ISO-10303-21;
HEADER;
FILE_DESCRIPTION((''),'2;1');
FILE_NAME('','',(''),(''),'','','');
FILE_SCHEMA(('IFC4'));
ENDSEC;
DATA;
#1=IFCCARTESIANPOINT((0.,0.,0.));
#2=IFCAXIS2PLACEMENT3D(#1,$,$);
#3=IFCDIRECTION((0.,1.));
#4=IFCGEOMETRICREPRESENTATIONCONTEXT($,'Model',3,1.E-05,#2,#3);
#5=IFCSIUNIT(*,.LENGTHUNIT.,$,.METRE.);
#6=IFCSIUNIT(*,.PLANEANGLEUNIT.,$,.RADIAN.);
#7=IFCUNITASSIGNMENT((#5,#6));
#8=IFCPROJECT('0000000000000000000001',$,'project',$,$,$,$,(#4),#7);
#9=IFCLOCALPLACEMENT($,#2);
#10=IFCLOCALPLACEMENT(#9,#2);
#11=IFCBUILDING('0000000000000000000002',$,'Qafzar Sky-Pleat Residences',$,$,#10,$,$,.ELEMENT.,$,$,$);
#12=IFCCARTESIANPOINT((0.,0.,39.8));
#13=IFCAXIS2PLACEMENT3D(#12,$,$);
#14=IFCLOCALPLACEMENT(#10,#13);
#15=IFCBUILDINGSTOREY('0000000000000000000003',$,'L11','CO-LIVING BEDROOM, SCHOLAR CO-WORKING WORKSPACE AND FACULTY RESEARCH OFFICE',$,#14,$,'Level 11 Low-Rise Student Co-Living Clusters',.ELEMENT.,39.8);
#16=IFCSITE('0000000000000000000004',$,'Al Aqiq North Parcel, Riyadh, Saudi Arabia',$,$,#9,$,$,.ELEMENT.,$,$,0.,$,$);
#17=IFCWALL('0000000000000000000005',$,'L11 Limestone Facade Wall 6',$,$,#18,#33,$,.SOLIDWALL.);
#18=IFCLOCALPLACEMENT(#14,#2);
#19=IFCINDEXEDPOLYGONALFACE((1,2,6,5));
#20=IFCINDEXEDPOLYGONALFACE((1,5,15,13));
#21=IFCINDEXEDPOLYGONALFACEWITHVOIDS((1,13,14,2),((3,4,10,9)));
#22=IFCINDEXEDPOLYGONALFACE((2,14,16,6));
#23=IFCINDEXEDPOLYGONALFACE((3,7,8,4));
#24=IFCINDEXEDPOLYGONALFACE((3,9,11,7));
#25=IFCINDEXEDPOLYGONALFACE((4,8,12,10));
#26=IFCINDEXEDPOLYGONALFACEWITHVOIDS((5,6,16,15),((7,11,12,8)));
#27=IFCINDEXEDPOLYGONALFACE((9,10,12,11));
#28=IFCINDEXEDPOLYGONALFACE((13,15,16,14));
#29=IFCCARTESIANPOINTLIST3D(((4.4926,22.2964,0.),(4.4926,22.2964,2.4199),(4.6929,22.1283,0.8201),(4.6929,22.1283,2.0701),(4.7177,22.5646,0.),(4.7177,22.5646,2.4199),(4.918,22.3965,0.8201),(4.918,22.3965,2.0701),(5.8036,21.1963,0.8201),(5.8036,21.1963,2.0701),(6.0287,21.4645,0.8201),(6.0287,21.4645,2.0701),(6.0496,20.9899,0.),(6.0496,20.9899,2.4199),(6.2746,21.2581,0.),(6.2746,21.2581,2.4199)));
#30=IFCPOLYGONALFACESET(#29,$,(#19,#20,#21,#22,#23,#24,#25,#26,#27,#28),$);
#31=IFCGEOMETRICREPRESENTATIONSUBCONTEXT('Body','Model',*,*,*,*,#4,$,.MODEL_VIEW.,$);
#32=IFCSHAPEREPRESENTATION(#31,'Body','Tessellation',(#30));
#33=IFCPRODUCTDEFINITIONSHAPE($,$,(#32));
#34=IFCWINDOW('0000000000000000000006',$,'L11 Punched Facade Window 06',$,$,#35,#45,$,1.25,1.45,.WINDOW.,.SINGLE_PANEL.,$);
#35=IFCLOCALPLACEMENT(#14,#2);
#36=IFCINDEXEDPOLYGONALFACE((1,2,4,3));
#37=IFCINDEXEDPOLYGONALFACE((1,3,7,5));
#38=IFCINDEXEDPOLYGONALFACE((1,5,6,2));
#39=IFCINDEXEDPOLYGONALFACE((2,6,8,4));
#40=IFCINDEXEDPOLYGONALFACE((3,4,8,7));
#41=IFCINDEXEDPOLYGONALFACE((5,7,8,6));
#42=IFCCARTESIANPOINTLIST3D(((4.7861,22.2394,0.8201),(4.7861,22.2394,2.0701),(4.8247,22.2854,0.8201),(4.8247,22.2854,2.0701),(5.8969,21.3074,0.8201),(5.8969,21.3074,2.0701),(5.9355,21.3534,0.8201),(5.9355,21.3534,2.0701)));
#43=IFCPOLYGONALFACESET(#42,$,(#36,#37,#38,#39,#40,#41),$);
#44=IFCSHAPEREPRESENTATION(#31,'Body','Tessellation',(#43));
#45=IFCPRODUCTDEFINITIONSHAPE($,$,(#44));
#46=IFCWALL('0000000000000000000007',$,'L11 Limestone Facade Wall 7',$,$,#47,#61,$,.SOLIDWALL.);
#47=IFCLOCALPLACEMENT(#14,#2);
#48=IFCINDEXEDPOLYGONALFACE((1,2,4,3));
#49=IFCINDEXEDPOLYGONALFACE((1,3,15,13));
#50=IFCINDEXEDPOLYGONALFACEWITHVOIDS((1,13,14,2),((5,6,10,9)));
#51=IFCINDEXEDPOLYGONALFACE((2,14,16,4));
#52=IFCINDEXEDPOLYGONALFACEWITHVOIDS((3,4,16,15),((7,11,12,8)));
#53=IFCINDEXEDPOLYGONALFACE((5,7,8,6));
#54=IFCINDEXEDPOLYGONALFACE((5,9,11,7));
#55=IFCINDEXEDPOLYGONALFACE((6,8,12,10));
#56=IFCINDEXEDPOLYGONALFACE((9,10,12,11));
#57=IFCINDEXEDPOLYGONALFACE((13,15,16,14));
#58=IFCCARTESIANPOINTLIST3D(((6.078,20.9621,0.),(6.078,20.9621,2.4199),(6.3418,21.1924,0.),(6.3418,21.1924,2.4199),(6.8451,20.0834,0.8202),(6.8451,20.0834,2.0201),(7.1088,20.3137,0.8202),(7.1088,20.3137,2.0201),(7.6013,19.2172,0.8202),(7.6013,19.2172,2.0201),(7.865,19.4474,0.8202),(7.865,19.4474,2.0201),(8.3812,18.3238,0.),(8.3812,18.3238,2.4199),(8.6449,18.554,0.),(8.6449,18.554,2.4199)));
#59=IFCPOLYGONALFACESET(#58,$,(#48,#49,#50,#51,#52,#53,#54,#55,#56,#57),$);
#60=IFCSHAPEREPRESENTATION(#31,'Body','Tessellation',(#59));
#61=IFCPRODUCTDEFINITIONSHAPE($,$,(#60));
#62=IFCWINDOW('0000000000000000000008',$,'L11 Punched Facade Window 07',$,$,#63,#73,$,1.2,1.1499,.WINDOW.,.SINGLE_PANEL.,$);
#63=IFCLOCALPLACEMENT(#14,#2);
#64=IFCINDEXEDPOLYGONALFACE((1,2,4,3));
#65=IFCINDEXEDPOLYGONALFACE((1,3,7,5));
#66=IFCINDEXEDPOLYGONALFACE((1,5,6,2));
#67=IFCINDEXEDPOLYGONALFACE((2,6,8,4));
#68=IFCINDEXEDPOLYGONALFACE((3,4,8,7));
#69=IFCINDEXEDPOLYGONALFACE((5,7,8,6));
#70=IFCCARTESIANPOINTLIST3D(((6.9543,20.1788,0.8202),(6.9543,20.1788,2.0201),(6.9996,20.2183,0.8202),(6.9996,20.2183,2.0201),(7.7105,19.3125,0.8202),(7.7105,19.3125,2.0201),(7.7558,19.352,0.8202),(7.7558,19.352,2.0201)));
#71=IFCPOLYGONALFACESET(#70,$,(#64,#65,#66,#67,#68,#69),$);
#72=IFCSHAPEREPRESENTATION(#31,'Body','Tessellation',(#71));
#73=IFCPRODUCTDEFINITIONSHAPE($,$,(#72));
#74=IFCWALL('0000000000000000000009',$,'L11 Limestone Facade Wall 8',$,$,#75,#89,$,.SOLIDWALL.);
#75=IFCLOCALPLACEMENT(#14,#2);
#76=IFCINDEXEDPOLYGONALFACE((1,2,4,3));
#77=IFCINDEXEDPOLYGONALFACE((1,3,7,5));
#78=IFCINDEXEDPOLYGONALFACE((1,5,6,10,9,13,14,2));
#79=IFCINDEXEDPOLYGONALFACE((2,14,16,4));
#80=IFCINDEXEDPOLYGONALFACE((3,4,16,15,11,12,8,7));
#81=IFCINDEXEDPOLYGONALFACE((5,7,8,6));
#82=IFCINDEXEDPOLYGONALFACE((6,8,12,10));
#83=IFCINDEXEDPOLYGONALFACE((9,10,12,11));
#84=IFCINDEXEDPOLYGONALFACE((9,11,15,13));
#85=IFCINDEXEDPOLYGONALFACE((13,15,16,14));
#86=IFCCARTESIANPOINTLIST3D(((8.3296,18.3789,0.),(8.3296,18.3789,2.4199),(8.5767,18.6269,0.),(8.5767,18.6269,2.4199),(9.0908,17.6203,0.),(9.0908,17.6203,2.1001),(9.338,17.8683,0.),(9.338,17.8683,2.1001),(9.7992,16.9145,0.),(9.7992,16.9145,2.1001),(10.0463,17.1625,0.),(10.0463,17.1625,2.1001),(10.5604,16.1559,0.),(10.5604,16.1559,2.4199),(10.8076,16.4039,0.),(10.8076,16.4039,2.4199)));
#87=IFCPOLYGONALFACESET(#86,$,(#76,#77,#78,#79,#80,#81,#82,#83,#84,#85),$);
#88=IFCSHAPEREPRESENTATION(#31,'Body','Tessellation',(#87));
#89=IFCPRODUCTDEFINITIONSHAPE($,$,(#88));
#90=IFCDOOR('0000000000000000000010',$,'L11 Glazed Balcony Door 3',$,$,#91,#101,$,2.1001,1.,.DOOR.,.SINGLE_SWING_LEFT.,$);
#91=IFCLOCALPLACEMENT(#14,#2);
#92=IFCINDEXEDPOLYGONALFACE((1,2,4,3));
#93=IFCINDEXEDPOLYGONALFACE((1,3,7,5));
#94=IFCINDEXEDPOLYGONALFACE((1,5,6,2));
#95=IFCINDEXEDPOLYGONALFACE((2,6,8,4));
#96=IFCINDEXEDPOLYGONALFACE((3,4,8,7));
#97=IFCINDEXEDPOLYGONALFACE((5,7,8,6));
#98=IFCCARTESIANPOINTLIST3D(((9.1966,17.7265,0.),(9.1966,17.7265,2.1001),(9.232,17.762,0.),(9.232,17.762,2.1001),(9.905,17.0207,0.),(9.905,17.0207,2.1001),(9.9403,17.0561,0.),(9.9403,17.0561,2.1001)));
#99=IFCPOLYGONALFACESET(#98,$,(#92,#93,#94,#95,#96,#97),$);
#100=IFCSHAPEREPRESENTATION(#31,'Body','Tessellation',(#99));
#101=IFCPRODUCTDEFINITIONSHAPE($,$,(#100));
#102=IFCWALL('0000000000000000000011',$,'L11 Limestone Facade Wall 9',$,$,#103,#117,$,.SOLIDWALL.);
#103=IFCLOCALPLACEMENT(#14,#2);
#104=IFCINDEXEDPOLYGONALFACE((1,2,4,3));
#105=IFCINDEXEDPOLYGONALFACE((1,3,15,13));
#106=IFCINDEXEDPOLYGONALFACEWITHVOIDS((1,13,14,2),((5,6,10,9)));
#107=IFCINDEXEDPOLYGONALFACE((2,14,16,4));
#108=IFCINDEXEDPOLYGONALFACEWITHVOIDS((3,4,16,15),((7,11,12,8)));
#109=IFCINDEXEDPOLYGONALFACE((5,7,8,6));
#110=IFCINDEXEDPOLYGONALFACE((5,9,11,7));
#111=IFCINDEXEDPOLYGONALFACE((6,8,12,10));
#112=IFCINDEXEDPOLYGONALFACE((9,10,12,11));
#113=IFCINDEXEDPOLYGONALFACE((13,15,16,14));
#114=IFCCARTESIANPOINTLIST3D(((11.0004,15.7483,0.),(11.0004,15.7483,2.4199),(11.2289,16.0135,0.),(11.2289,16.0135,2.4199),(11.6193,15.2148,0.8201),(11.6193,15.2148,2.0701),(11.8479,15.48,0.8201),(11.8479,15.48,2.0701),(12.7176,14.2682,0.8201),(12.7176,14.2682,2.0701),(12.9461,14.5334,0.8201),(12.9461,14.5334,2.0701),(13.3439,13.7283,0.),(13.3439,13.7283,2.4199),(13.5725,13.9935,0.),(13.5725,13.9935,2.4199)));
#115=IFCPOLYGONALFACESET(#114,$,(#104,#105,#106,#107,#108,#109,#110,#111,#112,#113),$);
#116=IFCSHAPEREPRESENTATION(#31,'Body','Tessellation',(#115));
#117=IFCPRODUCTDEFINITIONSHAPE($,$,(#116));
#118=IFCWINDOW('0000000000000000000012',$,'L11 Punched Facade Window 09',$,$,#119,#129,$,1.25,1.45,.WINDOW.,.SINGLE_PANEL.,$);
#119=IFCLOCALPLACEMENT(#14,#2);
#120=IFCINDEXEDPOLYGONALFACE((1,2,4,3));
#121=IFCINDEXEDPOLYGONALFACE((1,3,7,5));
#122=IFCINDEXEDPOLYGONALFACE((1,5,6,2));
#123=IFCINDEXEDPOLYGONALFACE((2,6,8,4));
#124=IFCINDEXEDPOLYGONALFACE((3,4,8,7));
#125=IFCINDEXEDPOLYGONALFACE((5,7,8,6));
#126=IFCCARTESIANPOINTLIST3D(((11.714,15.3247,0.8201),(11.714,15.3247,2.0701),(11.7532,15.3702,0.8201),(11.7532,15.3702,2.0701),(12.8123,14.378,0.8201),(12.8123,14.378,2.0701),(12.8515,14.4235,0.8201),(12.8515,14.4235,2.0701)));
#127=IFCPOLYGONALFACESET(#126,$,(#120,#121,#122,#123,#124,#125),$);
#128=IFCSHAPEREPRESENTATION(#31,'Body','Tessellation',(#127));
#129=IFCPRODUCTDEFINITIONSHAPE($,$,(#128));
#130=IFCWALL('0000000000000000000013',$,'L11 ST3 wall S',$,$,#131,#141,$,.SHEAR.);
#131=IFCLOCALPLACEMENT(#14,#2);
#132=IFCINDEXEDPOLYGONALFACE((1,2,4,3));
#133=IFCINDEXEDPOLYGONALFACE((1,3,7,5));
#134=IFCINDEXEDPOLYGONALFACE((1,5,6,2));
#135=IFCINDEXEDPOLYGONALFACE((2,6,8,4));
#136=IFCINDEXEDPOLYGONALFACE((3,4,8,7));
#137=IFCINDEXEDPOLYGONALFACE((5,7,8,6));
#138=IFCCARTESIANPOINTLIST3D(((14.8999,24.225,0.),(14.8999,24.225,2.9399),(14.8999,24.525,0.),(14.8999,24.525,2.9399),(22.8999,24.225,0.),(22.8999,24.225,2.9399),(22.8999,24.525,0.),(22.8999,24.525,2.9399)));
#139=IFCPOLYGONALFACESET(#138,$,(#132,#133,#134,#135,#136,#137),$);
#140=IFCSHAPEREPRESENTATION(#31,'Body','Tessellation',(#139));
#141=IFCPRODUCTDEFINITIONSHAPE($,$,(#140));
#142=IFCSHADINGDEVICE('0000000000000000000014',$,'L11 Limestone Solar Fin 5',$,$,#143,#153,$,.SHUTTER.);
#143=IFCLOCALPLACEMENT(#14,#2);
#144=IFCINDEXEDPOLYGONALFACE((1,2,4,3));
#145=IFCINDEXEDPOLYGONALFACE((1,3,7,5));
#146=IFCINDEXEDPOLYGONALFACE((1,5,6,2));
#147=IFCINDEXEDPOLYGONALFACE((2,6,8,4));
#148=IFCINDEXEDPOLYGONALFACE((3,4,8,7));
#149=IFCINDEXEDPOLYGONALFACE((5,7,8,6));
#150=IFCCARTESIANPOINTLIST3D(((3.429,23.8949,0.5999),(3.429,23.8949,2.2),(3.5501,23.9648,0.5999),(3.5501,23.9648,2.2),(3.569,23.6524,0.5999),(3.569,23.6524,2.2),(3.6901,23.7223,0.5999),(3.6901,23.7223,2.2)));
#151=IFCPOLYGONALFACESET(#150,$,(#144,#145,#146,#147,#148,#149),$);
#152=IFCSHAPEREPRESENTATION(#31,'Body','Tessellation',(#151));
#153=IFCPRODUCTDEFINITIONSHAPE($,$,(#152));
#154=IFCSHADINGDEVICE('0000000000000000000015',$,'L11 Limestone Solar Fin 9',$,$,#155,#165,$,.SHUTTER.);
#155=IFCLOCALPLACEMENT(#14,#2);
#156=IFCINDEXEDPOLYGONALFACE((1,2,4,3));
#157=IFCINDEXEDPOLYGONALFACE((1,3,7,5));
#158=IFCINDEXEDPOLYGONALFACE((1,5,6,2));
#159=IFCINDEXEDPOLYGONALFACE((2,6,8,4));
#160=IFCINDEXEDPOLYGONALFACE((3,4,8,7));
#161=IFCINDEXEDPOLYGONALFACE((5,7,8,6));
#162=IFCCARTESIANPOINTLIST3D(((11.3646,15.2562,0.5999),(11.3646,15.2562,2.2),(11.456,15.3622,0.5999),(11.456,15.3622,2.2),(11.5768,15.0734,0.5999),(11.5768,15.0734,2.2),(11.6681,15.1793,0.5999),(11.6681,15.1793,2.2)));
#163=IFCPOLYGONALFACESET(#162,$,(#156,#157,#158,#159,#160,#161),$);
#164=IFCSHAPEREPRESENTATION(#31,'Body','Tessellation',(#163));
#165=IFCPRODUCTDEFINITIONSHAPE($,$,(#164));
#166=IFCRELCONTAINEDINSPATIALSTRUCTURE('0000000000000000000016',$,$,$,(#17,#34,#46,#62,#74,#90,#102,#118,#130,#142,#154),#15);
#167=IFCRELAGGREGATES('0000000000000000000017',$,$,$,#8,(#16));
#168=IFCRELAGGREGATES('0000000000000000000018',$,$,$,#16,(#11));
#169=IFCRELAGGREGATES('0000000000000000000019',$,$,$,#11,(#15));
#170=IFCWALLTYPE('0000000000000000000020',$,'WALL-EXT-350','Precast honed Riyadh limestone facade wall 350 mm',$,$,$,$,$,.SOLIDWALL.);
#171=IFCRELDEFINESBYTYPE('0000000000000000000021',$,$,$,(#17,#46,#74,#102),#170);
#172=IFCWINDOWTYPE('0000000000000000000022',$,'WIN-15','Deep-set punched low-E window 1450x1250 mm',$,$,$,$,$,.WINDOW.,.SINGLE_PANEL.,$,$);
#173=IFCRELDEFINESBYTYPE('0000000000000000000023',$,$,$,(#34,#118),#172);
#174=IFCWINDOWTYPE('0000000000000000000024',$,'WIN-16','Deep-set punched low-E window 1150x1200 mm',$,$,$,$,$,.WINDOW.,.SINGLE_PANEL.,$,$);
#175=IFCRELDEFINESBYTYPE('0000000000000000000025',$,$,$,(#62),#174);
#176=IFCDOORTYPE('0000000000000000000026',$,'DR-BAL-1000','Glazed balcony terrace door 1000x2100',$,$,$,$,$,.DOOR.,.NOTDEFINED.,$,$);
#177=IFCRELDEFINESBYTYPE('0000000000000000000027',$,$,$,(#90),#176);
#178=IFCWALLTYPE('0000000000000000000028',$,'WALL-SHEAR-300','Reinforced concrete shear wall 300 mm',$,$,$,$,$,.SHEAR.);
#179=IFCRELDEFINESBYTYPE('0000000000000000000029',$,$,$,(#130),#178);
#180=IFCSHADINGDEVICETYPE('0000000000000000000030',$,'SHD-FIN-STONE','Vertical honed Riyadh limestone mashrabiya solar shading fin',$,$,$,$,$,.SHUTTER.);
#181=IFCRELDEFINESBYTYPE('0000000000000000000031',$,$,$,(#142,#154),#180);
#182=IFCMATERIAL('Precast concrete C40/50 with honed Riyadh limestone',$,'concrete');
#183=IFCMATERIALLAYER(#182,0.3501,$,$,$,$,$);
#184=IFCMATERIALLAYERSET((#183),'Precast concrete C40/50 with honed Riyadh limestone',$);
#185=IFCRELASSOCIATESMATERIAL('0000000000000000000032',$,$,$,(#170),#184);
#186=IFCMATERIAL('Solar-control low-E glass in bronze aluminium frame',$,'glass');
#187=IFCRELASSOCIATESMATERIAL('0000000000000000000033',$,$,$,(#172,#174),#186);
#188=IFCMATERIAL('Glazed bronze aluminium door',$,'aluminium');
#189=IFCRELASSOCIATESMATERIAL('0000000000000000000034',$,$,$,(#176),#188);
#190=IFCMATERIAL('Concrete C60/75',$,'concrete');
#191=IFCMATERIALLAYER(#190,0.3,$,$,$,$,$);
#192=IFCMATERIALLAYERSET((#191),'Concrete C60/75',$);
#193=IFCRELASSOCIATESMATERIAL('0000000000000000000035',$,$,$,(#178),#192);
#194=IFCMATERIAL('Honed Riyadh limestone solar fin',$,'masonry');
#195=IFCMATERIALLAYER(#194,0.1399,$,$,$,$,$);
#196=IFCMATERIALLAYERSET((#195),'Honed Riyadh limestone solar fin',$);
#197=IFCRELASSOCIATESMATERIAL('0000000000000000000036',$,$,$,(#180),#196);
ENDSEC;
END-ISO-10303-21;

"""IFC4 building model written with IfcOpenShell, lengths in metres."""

from ifc_helpers import new_model, si_unit, direction, frame, frame_2d, origin, origin_2d, place, context, subcontext, project, spatial, rectangle, extrude, source, transform, mapped, material, layer, layer_set, type_object, element, fill, save


model = new_model("IFC4")

# Units and contexts
model_context = context("Model", 3, precision=1e-05, world=origin(), true_north=direction((0.0, 1.0)))
body_context = subcontext(model_context, "Body", "Model", "MODEL_VIEW")
ifc_project = project(units=[si_unit("LENGTHUNIT", "METRE"), si_unit("PLANEANGLEUNIT", "RADIAN")], contexts=[model_context])

# Site, building, storey
site_placement = place(None, origin())
site = spatial("IfcSite", under=ifc_project, at=site_placement, Name="Al Aqiq North Parcel, Riyadh, Saudi Arabia", CompositionType="ELEMENT", RefElevation=0.0)
building_placement = place(site_placement, origin())
building = spatial("IfcBuilding", under=site, at=building_placement, Name="Qafzar Sky-Pleat Residences", CompositionType="ELEMENT")
storey_placement = place(building_placement, frame((0.0, 0.0, 39.8)))
storey = spatial("IfcBuildingStorey", under=building, at=storey_placement, Name="L11", Description="CO-LIVING BEDROOM, SCHOLAR CO-WORKING WORKSPACE AND FACULTY RESEARCH OFFICE", LongName="Level 11 Low-Rise Student Co-Living Clusters", CompositionType="ELEMENT", Elevation=39.8)

# Shared definitions
ifc_material_1 = material(Name="Concrete C60/75", Category="concrete")

# Walls, openings, windows
ifc_material_2 = material(Name="Precast concrete C40/50 with honed Riyadh limestone", Category="concrete")
ifc_layer_1 = layer(ifc_material_2, 0.3501)
ifc_layer_set_1 = layer_set([ifc_layer_1], Name="Precast concrete C40/50 with honed Riyadh limestone")
wall_type_1 = type_object("IfcWallType", Name="WALL-EXT-350", Description="Precast honed Riyadh limestone facade wall 350 mm", PredefinedType="SOLIDWALL", material=ifc_layer_set_1)
ifc_material_3 = material(Name="Solar-control low-E glass in bronze aluminium frame", Category="glass")
window_type_1 = type_object("IfcWindowType", Name="WIN-15", Description="Deep-set punched low-E window 1450x1250 mm", PartitioningType="SINGLE_PANEL", PredefinedType="WINDOW", material=ifc_material_3)
shared_shape_1 = source(origin(), body_context, "Body", "SweptSolid", [
    extrude(rectangle(XDim=1.45, YDim=1.25, at=frame_2d((0.7251, 0.625))), frame((0.0, 0.03, 0.0), z_axis=(0.0, -1.0, 0.0), x_axis=(1.0, 0.0, 0.0)), (0.0, 0.0, 1.0), 0.0601),
])
wall_1_placement = place(storey_placement, frame((4.6052, 22.4304, 0.0), z_axis=(0.0, 0.0, 1.0), x_axis=(0.766041, -0.642792, 0.0)))
wall_1 = element("IfcWall", 1, at=wall_1_placement, inside=storey, type_object=wall_type_1, Name="L11 Limestone Facade Wall 6", PredefinedType="SOLIDWALL", context=body_context, shape_type="SweptSolid", body=[
    extrude(rectangle(XDim=2.0325, YDim=0.3501, at=frame_2d((1.0161, 0.0))), origin(), (0.0, 0.0, 1.0), 2.4199),
])
opening_1_placement = place(wall_1_placement, frame((0.2612, 0.0, 0.8201)))
opening_1 = element("IfcOpeningElement", 2, at=opening_1_placement, cuts=wall_1, PredefinedType="OPENING", context=body_context, shape_type="SweptSolid", body=[
    extrude(rectangle(XDim=1.45, YDim=1.25, at=frame_2d((0.7251, 0.625))), frame((0.0, 0.1851, 0.0), z_axis=(0.0, -1.0, 0.0), x_axis=(1.0, 0.0, 0.0)), (0.0, 0.0, 1.0), 0.3701),
])
window_1_placement = place(opening_1_placement, origin())
window_1 = element("IfcWindow", 3, at=window_1_placement, inside=storey, type_object=window_type_1, Name="L11 Punched Facade Window 06", OverallHeight=1.25, OverallWidth=1.45, PartitioningType="SINGLE_PANEL", PredefinedType="WINDOW", context=body_context, shape_type="MappedRepresentation", body=[
    mapped(shared_shape_1, transform((0.0, 0.0, 0.0), x_axis=(1.0, 0.0, 0.0), y_axis=(0.0, 1.0, 0.0), z_axis=(0.0, 0.0, 1.0), scale=1.0)),
])
fill(opening_1, window_1)
wall_2_placement = place(storey_placement, frame((6.21, 21.0771, 0.0), z_axis=(0.0, 0.0, 1.0), x_axis=(0.657631, -0.753341, 0.0)))
wall_2 = element("IfcWall", 4, at=wall_2_placement, inside=storey, type_object=wall_type_1, Name="L11 Limestone Facade Wall 7", PredefinedType="SOLIDWALL", context=body_context, shape_type="SweptSolid", body=[
    extrude(rectangle(XDim=3.5022, YDim=0.3501, at=frame_2d((1.751, 0.0))), origin(), (0.0, 0.0, 1.0), 2.4199),
])
opening_2_placement = place(wall_2_placement, frame((1.1663, 0.0, 0.8201)))
opening_2 = element("IfcOpeningElement", 5, at=opening_2_placement, cuts=wall_2, PredefinedType="OPENING", context=body_context, shape_type="SweptSolid", body=[
    extrude(rectangle(XDim=1.1499, YDim=1.2, at=frame_2d((0.575, 0.6001))), frame((0.0, 0.1851, 0.0), z_axis=(0.0, -1.0, 0.0), x_axis=(1.0, 0.0, 0.0)), (0.0, 0.0, 1.0), 0.3701),
])
window_type_2 = type_object("IfcWindowType", Name="WIN-16", Description="Deep-set punched low-E window 1150x1200 mm", PartitioningType="SINGLE_PANEL", PredefinedType="WINDOW", material=ifc_material_3)
shared_shape_2 = source(origin(), body_context, "Body", "SweptSolid", [
    extrude(rectangle(XDim=1.1499, YDim=1.2, at=frame_2d((0.575, 0.6001))), frame((0.0, 0.03, 0.0), z_axis=(0.0, -1.0, 0.0), x_axis=(1.0, 0.0, 0.0)), (0.0, 0.0, 1.0), 0.0601),
])
window_2_placement = place(opening_2_placement, origin())
window_2 = element("IfcWindow", 6, at=window_2_placement, inside=storey, type_object=window_type_2, Name="L11 Punched Facade Window 07", OverallHeight=1.2, OverallWidth=1.1499, PartitioningType="SINGLE_PANEL", PredefinedType="WINDOW", context=body_context, shape_type="MappedRepresentation", body=[
    mapped(shared_shape_2, transform((0.0, 0.0, 0.0), x_axis=(1.0, 0.0, 0.0), y_axis=(0.0, 1.0, 0.0), z_axis=(0.0, 0.0, 1.0), scale=1.0)),
])
fill(opening_2, window_2)

# Wall, opening, door
wall_3_placement = place(storey_placement, frame((8.4531, 18.5029, 0.0), z_axis=(0.0, 0.0, 1.0), x_axis=(0.708346, -0.705865, 0.0)))
wall_3 = element("IfcWall", 7, at=wall_3_placement, inside=storey, type_object=wall_type_1, Name="L11 Limestone Facade Wall 8", PredefinedType="SOLIDWALL", context=body_context, shape_type="SweptSolid", body=[
    extrude(rectangle(XDim=3.1494, YDim=0.3501, at=frame_2d((1.5747, 0.0))), origin(), (0.0, 0.0, 1.0), 2.4199),
])
opening_3_placement = place(wall_3_placement, frame((1.0747, 0.0, 0.0)))
opening_3 = element("IfcOpeningElement", 8, at=opening_3_placement, cuts=wall_3, PredefinedType="OPENING", context=body_context, shape_type="SweptSolid", body=[
    extrude(rectangle(XDim=1.0, YDim=2.1001, at=frame_2d((0.5, 1.05))), frame((0.0, 0.1851, 0.0), z_axis=(0.0, -1.0, 0.0), x_axis=(1.0, 0.0, 0.0)), (0.0, 0.0, 1.0), 0.3701),
])
ifc_material_4 = material(Name="Glazed bronze aluminium door", Category="aluminium")
door_type = type_object("IfcDoorType", Name="DR-BAL-1000", Description="Glazed balcony terrace door 1000x2100", OperationType="NOTDEFINED", PredefinedType="DOOR", material=ifc_material_4)
shared_shape_3 = source(origin(), body_context, "Body", "SweptSolid", [
    extrude(rectangle(XDim=1.0, YDim=2.1001, at=frame_2d((0.5, 1.05))), frame((0.0, 0.0249, 0.0), z_axis=(0.0, -1.0, 0.0), x_axis=(1.0, 0.0, 0.0)), (0.0, 0.0, 1.0), 0.05),
])
door_placement = place(opening_3_placement, origin())
door = element("IfcDoor", 9, at=door_placement, inside=storey, type_object=door_type, Name="L11 Glazed Balcony Door 3", OperationType="SINGLE_SWING_LEFT", OverallHeight=2.1001, OverallWidth=1.0, PredefinedType="DOOR", context=body_context, shape_type="MappedRepresentation", body=[
    mapped(shared_shape_3, transform((0.0, 0.0, 0.0), x_axis=(1.0, 0.0, 0.0), y_axis=(0.0, 1.0, 0.0), z_axis=(0.0, 0.0, 1.0), scale=1.0)),
])
fill(opening_3, door)

# Wall, opening, window
wall_4_placement = place(storey_placement, frame((11.1147, 15.8809, 0.0), z_axis=(0.0, 0.0, 1.0), x_axis=(0.757449, -0.652894, 0.0)))
wall_4 = element("IfcWall", 10, at=wall_4_placement, inside=storey, type_object=wall_type_1, Name="L11 Limestone Facade Wall 9", PredefinedType="SOLIDWALL", context=body_context, shape_type="SweptSolid", body=[
    extrude(rectangle(XDim=3.094, YDim=0.3501, at=frame_2d((1.5469, 0.0))), origin(), (0.0, 0.0, 1.0), 2.4199),
])
opening_4_placement = place(wall_4_placement, frame((0.8169, 0.0, 0.8201)))
opening_4 = element("IfcOpeningElement", 11, at=opening_4_placement, cuts=wall_4, PredefinedType="OPENING", context=body_context, shape_type="SweptSolid", body=[
    extrude(rectangle(XDim=1.45, YDim=1.25, at=frame_2d((0.7251, 0.625))), frame((0.0, 0.1851, 0.0), z_axis=(0.0, -1.0, 0.0), x_axis=(1.0, 0.0, 0.0)), (0.0, 0.0, 1.0), 0.3701),
])
window_3_placement = place(opening_4_placement, origin())
window_3 = element("IfcWindow", 12, at=window_3_placement, inside=storey, type_object=window_type_1, Name="L11 Punched Facade Window 09", OverallHeight=1.25, OverallWidth=1.45, PartitioningType="SINGLE_PANEL", PredefinedType="WINDOW", context=body_context, shape_type="MappedRepresentation", body=[
    mapped(shared_shape_1, transform((0.0, 0.0, 0.0), x_axis=(1.0, 0.0, 0.0), y_axis=(0.0, 1.0, 0.0), z_axis=(0.0, 0.0, 1.0), scale=1.0)),
])
fill(opening_4, window_3)

# Wall
ifc_layer_2 = layer(ifc_material_1, 0.3)
ifc_layer_set_2 = layer_set([ifc_layer_2], Name="Concrete C60/75")
wall_type_2 = type_object("IfcWallType", Name="WALL-SHEAR-300", Description="Reinforced concrete shear wall 300 mm", PredefinedType="SHEAR", material=ifc_layer_set_2)
wall_5_placement = place(storey_placement, frame((14.8999, 24.375, 0.0), z_axis=(0.0, 0.0, 1.0), x_axis=(1.0, 0.0, 0.0)))
element("IfcWall", 13, at=wall_5_placement, inside=storey, type_object=wall_type_2, Name="L11 ST3 wall S", PredefinedType="SHEAR", context=body_context, shape_type="SweptSolid", body=[
    extrude(rectangle(XDim=8.0, YDim=0.3, at=frame_2d((4.0, 0.0))), origin(), (0.0, 0.0, 1.0), 2.9399),
])

# Shading devices
ifc_material_5 = material(Name="Honed Riyadh limestone solar fin", Category="masonry")
ifc_layer_3 = layer(ifc_material_5, 0.1399)
ifc_layer_set_3 = layer_set([ifc_layer_3], Name="Honed Riyadh limestone solar fin")
shading_device_type = type_object("IfcShadingDeviceType", Name="SHD-FIN-STONE", Description="Vertical honed Riyadh limestone mashrabiya solar shading fin", PredefinedType="SHUTTER", material=ifc_layer_set_3)
shared_shape_4 = source(origin(), body_context, "Body", "SweptSolid", [
    extrude(rectangle(XDim=0.1399, YDim=0.28, at=origin_2d()), origin(), (0.0, 0.0, 1.0), 1.6001),
])
for number, where, z_axis, x_axis, name in (
    (14, (3.5596, 23.8086, 0.5999), (0.0, 0.0, 1.0), (-0.866044, -0.499967, 0.0), "L11 Limestone Solar Fin 5"),
    (15, (11.5164, 15.2178, 0.5999), (0.0, 0.0, 1.0), (-0.65286, -0.757479, 0.0), "L11 Limestone Solar Fin 9"),
):
    element("IfcShadingDevice", number, at=place(storey_placement, frame(where, z_axis=z_axis, x_axis=x_axis)), inside=storey, type_object=shading_device_type, Name=name, PredefinedType="SHUTTER", context=body_context, shape_type="MappedRepresentation", body=[
        mapped(shared_shape_4, transform((0.0, 0.0, 0.0), x_axis=(1.0, 0.0, 0.0), y_axis=(0.0, 1.0, 0.0), z_axis=(0.0, 0.0, 1.0), scale=1.0)),
    ])

save(model, "model.ifc")
